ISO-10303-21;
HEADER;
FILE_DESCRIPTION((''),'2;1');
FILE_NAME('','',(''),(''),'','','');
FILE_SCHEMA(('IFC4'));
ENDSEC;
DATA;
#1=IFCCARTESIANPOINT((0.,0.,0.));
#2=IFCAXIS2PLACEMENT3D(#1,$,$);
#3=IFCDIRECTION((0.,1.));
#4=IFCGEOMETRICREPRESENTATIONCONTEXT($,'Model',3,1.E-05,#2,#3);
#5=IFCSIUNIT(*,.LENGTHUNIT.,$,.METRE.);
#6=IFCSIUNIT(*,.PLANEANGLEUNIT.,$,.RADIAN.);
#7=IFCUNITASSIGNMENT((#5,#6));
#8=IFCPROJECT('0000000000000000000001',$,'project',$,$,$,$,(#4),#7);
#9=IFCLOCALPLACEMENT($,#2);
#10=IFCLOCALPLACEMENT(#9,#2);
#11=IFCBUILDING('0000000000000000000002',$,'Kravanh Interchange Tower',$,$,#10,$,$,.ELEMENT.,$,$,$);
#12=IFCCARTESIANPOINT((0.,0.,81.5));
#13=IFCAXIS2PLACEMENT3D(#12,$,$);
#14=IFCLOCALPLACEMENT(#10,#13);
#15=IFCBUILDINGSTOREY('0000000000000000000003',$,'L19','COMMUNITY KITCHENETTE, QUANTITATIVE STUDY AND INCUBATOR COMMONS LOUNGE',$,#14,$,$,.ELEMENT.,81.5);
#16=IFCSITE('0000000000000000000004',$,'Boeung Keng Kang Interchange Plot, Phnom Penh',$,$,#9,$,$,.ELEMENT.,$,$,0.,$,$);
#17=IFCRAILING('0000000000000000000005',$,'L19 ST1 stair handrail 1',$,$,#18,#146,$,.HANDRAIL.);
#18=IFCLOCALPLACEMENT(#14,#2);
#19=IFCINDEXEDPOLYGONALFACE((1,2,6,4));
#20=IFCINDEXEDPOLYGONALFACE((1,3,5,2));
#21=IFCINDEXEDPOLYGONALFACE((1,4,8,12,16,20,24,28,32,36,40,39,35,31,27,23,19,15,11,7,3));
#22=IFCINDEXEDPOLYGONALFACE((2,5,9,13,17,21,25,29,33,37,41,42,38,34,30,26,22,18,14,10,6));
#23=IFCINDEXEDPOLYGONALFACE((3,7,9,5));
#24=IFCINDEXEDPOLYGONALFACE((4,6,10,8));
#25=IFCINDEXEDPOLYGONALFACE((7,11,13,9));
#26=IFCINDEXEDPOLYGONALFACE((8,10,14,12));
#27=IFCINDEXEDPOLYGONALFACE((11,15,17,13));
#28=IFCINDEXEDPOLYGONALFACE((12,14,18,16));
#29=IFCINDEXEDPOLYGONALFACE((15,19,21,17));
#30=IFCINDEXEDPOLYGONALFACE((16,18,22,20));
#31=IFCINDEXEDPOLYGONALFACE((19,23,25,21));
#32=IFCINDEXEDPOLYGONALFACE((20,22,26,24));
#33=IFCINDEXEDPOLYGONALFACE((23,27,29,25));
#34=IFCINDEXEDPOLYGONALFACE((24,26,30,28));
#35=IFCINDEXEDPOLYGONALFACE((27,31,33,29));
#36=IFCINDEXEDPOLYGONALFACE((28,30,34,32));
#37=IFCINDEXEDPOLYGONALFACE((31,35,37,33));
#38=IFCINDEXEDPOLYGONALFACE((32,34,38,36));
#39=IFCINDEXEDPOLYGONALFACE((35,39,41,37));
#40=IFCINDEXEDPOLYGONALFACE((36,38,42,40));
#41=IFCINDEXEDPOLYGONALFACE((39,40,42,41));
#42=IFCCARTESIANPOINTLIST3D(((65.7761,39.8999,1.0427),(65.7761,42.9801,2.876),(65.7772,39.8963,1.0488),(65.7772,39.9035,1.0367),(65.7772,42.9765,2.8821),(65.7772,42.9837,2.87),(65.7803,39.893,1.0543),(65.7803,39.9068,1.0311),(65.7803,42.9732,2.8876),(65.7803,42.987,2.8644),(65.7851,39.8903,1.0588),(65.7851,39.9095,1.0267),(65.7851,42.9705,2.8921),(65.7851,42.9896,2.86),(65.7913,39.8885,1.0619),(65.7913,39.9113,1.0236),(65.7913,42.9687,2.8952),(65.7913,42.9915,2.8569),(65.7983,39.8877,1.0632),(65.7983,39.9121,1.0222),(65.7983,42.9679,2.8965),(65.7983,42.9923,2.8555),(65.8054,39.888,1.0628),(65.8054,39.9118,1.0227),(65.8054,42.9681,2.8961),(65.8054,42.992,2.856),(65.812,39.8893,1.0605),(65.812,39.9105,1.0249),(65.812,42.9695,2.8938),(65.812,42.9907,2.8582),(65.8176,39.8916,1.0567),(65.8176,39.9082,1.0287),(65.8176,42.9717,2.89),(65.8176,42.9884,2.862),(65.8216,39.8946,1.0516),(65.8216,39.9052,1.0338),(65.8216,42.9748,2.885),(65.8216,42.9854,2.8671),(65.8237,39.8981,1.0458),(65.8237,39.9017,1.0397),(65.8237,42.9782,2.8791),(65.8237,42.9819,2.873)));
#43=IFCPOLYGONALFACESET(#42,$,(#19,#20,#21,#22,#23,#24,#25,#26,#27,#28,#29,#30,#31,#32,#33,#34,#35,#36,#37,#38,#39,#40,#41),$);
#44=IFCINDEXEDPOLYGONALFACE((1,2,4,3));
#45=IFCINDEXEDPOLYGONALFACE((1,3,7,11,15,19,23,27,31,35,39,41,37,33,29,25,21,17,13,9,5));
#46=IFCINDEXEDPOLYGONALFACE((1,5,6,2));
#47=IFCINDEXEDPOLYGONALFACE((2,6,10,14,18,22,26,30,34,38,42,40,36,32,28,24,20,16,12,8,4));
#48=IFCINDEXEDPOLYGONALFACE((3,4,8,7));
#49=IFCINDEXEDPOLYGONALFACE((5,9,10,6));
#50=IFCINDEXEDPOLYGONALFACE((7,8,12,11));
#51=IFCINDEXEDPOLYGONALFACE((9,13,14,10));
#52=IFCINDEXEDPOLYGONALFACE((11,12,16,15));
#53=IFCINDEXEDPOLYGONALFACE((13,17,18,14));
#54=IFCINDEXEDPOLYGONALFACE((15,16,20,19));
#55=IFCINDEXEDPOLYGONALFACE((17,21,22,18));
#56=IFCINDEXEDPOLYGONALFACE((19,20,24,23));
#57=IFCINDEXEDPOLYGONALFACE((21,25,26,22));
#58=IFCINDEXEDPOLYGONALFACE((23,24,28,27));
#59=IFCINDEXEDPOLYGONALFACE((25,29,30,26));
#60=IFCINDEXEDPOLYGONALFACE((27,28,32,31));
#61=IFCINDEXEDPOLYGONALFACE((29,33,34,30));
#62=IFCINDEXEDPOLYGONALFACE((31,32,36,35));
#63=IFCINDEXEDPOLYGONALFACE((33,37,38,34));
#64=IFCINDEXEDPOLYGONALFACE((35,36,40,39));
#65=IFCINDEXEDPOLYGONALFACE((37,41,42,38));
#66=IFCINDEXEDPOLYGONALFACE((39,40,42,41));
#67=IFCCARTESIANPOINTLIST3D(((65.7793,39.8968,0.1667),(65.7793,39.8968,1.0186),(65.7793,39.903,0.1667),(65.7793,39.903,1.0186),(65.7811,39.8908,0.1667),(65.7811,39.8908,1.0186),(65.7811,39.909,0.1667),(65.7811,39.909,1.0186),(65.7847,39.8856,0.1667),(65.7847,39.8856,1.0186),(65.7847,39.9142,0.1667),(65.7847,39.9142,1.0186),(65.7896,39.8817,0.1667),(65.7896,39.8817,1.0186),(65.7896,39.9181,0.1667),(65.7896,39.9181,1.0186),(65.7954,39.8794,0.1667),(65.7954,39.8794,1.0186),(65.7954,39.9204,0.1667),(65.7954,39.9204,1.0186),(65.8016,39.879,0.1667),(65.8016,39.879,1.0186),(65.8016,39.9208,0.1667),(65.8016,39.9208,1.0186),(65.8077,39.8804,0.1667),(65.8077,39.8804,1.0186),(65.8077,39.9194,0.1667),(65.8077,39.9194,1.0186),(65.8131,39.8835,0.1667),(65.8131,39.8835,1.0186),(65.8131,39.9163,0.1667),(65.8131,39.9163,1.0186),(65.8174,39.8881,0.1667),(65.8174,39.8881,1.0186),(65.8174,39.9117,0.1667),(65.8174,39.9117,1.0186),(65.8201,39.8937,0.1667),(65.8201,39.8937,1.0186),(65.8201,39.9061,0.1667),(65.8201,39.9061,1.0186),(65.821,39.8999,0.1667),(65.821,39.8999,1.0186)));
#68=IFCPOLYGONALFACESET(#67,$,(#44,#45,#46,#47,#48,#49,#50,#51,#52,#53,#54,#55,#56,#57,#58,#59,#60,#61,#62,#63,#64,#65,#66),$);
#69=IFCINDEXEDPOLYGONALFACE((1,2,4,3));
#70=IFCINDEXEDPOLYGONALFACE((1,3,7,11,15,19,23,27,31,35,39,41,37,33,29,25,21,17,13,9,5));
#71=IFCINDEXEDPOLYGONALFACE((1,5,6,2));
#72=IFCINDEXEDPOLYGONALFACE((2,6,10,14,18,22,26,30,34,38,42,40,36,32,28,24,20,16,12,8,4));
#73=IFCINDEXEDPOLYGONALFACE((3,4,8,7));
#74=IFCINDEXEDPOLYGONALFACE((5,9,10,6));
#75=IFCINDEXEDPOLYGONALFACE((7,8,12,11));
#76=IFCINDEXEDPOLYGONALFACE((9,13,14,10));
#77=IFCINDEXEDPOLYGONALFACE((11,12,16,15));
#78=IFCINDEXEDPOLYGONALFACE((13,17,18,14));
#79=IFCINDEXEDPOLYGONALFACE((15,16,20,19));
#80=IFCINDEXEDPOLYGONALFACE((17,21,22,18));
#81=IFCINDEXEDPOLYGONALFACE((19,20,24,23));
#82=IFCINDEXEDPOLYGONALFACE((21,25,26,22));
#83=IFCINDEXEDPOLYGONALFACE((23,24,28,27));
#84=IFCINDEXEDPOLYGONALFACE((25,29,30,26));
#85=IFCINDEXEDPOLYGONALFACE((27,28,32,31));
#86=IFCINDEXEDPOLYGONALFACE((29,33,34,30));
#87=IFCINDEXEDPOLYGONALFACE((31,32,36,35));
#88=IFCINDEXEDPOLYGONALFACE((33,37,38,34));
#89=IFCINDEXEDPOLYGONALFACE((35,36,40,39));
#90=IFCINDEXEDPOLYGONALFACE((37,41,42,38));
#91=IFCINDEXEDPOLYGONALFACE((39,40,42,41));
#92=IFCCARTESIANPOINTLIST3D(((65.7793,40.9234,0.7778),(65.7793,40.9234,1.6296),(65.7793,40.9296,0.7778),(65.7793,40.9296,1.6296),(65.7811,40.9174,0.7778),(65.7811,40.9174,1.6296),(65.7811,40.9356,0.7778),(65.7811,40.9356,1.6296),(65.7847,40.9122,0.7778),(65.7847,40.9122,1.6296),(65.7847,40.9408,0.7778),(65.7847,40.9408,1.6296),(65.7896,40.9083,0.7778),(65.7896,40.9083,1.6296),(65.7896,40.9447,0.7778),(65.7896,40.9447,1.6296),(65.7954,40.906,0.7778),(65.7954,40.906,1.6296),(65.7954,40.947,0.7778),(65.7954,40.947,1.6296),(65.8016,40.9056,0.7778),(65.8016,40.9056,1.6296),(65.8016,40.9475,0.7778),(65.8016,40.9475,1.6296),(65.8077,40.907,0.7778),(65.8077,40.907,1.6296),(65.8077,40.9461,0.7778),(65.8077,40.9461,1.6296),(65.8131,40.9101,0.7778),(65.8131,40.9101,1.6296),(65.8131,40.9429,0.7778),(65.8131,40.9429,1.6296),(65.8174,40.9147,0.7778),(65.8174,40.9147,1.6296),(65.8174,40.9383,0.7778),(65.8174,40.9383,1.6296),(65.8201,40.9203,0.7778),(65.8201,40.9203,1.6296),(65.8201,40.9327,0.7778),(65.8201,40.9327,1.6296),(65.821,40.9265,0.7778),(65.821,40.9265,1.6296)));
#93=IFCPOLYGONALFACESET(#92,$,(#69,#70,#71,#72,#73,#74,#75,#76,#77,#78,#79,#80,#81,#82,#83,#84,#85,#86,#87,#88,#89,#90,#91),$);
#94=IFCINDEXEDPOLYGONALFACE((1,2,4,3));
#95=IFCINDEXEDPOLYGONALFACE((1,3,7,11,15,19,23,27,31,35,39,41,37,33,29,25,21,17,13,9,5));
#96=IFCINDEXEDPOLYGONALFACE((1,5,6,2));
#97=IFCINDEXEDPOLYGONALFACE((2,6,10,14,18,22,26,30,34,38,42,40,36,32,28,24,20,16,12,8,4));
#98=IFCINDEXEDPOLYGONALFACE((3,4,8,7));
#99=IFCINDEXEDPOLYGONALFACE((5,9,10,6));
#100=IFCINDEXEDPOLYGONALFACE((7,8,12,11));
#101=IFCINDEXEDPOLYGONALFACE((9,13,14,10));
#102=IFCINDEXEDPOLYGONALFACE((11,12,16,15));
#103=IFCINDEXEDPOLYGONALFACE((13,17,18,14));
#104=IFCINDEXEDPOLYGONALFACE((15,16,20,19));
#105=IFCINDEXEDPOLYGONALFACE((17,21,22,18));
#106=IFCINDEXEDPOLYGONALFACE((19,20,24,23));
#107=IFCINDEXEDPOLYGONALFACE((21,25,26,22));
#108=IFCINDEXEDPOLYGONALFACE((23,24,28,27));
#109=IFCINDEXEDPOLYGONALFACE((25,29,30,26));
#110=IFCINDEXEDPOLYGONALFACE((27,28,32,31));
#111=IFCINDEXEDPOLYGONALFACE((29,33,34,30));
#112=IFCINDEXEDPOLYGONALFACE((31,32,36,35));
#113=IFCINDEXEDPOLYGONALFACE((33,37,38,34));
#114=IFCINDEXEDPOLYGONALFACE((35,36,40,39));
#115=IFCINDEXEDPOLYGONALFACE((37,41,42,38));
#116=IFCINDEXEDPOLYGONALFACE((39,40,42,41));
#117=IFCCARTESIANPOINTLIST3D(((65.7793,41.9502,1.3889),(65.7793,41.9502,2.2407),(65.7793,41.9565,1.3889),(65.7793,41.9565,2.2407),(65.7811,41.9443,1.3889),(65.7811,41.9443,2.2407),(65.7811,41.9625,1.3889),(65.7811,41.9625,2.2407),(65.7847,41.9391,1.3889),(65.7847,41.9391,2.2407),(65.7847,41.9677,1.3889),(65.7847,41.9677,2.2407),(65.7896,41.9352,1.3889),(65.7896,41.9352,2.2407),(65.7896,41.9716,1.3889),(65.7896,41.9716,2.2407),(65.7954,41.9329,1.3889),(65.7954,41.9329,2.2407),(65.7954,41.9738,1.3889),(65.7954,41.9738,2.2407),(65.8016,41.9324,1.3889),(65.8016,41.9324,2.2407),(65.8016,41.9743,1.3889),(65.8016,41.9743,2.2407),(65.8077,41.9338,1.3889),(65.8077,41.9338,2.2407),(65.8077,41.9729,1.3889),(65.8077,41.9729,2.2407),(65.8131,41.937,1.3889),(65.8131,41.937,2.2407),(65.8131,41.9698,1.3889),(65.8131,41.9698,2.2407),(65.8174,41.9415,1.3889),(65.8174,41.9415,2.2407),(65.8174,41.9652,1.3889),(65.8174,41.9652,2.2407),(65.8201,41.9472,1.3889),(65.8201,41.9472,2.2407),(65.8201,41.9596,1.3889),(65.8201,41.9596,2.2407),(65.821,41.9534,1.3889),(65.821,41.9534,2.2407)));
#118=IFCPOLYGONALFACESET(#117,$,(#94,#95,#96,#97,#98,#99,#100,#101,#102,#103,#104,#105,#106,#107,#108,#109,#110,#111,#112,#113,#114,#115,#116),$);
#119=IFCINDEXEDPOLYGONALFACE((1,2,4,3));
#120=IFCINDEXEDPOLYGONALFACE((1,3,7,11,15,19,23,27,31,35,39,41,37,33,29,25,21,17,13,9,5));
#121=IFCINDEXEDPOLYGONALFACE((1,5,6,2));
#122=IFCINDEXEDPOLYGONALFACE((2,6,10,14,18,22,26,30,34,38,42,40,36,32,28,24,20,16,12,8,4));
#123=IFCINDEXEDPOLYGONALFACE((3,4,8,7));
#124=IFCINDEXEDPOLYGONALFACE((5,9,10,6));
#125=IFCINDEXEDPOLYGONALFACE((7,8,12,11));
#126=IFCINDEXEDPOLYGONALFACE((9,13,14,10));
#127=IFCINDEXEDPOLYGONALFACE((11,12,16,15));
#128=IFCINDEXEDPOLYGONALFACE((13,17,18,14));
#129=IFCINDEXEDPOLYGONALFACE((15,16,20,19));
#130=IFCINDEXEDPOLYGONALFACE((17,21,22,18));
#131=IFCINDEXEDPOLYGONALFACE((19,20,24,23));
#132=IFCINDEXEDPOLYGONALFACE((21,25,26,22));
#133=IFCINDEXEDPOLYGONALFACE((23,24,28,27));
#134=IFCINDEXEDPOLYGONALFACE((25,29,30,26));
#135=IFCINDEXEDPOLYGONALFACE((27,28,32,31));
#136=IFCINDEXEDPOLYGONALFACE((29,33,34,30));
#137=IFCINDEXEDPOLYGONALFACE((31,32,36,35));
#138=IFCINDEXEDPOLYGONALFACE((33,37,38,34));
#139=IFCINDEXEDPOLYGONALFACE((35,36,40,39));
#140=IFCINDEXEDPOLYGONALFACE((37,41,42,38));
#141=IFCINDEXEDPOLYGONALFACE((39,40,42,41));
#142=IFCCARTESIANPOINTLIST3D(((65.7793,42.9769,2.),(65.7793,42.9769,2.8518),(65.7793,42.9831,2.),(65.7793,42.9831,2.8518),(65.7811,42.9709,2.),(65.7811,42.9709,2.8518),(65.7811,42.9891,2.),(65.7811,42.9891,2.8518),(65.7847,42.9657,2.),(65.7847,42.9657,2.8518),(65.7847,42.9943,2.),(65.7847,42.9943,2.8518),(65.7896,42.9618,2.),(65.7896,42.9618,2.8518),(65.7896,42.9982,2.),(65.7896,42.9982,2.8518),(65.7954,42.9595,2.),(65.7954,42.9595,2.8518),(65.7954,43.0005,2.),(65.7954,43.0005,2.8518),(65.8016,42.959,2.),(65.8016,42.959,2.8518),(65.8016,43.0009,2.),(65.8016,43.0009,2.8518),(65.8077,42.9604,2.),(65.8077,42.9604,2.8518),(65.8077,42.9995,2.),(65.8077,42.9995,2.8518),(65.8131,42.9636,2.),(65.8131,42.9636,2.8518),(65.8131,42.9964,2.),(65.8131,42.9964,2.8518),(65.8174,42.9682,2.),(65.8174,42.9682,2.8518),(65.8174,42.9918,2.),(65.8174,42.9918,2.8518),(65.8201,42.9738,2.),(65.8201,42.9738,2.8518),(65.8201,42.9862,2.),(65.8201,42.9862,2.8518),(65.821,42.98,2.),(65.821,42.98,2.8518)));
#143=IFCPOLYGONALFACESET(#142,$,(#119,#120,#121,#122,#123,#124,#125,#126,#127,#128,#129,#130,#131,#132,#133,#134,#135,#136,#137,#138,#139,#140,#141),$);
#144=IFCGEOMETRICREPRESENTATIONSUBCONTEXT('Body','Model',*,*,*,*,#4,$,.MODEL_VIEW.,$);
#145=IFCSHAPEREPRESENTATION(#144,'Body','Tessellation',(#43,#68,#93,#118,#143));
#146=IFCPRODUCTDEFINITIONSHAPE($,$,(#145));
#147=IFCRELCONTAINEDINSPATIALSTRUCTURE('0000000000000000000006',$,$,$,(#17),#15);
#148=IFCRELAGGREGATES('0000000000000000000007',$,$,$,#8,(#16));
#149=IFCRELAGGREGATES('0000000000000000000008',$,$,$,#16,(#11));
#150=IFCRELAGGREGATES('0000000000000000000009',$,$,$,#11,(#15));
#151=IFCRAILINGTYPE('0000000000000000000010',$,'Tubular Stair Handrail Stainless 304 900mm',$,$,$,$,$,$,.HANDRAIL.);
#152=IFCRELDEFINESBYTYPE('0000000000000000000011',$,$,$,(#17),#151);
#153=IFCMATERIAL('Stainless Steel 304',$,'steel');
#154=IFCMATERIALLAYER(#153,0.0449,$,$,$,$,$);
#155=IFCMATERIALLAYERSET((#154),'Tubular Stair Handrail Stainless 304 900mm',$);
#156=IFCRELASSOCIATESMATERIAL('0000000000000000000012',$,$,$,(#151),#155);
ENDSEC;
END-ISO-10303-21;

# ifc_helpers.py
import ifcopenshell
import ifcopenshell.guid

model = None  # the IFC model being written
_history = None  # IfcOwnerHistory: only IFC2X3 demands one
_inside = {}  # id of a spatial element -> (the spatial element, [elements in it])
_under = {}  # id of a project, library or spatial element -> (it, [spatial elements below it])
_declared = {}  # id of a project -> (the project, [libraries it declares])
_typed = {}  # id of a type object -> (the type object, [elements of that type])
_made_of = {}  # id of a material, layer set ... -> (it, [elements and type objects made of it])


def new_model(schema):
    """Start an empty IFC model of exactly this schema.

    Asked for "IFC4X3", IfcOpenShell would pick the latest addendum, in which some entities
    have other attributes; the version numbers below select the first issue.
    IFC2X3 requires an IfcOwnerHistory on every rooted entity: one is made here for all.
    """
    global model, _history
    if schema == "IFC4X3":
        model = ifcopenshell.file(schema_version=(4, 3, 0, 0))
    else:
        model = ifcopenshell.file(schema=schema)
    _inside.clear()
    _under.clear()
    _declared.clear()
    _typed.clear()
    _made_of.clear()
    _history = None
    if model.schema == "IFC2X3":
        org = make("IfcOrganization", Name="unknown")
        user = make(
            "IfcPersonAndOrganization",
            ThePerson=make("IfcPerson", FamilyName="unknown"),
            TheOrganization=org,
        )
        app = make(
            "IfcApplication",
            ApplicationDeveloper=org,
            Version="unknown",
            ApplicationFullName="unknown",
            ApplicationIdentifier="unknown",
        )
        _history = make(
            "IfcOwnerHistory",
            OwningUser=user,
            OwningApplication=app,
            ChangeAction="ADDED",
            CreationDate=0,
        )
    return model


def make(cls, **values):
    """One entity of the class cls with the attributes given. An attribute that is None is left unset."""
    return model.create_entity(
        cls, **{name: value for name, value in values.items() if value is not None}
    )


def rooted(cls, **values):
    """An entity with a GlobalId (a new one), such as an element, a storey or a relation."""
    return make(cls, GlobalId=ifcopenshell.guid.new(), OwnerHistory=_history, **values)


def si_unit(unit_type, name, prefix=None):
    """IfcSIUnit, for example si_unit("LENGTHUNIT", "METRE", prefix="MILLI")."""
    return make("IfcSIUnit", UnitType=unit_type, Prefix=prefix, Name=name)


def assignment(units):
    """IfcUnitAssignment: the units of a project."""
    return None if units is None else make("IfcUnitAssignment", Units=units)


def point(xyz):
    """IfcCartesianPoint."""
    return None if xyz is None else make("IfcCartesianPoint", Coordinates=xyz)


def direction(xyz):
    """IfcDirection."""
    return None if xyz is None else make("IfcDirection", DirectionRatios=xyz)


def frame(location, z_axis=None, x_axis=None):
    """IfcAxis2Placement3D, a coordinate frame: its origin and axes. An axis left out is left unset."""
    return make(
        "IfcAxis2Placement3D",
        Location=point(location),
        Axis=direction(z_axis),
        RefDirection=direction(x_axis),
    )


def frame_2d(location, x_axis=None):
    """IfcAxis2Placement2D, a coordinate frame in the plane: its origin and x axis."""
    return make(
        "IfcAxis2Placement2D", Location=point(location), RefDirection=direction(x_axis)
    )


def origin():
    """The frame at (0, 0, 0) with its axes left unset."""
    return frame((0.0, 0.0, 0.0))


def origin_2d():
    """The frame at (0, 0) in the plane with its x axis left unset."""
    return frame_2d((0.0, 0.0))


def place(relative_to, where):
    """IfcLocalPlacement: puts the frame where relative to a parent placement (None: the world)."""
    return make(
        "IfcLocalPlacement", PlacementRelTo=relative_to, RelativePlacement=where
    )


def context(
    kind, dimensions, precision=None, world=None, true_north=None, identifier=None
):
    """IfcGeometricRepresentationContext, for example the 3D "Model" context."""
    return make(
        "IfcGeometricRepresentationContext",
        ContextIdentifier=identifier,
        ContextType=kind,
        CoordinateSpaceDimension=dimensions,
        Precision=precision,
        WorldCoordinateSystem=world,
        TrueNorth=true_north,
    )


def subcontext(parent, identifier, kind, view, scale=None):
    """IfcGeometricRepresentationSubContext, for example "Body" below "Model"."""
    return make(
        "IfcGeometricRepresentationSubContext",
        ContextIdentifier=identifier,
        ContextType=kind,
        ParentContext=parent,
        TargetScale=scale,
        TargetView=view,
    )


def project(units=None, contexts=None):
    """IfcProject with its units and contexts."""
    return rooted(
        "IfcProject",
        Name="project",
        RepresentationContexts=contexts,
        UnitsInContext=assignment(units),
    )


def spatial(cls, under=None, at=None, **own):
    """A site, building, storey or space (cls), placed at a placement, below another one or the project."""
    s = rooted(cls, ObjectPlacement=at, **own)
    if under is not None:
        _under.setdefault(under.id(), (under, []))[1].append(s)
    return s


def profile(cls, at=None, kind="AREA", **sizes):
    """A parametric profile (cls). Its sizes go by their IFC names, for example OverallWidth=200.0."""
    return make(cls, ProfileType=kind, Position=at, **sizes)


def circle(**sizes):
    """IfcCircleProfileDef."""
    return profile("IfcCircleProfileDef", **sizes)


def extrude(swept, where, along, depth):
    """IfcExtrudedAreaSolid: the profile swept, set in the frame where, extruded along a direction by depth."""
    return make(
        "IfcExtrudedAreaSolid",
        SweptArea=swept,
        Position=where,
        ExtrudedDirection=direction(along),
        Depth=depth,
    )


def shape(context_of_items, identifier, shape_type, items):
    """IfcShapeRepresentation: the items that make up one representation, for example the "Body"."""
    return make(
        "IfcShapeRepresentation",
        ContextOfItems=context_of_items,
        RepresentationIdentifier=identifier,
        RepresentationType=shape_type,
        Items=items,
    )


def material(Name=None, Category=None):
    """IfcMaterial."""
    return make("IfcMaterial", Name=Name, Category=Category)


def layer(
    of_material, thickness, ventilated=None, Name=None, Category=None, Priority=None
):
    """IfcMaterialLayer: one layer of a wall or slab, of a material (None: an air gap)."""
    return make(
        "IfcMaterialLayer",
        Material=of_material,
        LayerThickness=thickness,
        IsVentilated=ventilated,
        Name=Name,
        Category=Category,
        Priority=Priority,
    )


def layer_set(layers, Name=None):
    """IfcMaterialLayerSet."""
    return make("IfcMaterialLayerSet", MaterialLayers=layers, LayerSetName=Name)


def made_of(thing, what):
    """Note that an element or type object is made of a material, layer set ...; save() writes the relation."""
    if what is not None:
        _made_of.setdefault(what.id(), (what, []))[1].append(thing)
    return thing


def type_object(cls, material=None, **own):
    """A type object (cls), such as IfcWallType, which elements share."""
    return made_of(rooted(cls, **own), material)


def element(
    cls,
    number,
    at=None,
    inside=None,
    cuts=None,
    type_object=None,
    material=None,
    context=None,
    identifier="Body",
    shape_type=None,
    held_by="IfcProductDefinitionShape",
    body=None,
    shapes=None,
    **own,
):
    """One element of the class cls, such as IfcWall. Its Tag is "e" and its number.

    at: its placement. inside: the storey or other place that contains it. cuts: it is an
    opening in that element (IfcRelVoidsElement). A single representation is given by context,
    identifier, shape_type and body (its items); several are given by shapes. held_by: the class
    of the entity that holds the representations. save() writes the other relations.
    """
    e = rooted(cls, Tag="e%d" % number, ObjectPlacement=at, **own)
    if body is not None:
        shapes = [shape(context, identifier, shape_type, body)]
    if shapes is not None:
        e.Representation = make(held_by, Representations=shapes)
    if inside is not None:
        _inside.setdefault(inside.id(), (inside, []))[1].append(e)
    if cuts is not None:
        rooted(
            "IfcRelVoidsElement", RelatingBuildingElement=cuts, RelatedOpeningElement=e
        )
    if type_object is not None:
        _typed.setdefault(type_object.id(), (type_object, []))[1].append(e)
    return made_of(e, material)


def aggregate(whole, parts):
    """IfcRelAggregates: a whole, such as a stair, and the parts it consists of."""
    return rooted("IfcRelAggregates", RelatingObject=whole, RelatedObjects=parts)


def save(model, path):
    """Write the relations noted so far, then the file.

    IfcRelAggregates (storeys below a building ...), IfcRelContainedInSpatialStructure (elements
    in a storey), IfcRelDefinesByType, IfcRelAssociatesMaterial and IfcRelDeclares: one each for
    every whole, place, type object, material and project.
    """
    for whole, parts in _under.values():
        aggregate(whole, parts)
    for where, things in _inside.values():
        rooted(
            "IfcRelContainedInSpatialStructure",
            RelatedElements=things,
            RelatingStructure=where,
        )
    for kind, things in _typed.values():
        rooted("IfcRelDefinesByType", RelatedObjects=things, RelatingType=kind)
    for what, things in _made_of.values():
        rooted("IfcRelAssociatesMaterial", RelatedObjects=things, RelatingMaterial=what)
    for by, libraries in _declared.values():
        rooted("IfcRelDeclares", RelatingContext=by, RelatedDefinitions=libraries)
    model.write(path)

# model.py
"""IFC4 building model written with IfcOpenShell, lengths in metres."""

from ifc_helpers import new_model, si_unit, direction, frame, origin, origin_2d, place, context, subcontext, project, spatial, circle, extrude, material, layer, layer_set, type_object, element, save


model = new_model("IFC4")

# Units and contexts
model_context = context("Model", 3, precision=1e-05, world=origin(), true_north=direction((0.0, 1.0)))
body_context = subcontext(model_context, "Body", "Model", "MODEL_VIEW")
ifc_project = project(units=[si_unit("LENGTHUNIT", "METRE"), si_unit("PLANEANGLEUNIT", "RADIAN")], contexts=[model_context])

# Site, building, storey
site_placement = place(None, origin())
site = spatial("IfcSite", under=ifc_project, at=site_placement, Name="Boeung Keng Kang Interchange Plot, Phnom Penh", CompositionType="ELEMENT", RefElevation=0.0)
building_placement = place(site_placement, origin())
building = spatial("IfcBuilding", under=site, at=building_placement, Name="Kravanh Interchange Tower", CompositionType="ELEMENT")
storey_placement = place(building_placement, frame((0.0, 0.0, 81.5)))
storey = spatial("IfcBuildingStorey", under=building, at=storey_placement, Name="L19", Description="COMMUNITY KITCHENETTE, QUANTITATIVE STUDY AND INCUBATOR COMMONS LOUNGE", CompositionType="ELEMENT", Elevation=81.5)

# Railing
ifc_material_1 = material(Name="Stainless Steel 304", Category="steel")
ifc_layer_1 = layer(ifc_material_1, 0.0449)
ifc_layer_set_1 = layer_set([ifc_layer_1], Name="Tubular Stair Handrail Stainless 304 900mm")
railing_type_1 = type_object("IfcRailingType", Name="Tubular Stair Handrail Stainless 304 900mm", PredefinedType="HANDRAIL", material=ifc_layer_set_1)
railing_1_placement = place(storey_placement, frame((65.8, 39.8999, 0.1667)))
element("IfcRailing", 1, at=railing_1_placement, inside=storey, type_object=railing_type_1, Name="L19 ST1 stair handrail 1", PredefinedType="HANDRAIL", context=body_context, shape_type="SweptSolid", body=[
    extrude(circle(Radius=0.0239, at=origin_2d()), frame((0.0, 0.0, 0.876), z_axis=(0.0, 0.859309, 0.511458), x_axis=(-1.0, 0.0, 0.0)), (0.0, 0.0, 1.0), 3.5845),
    extrude(circle(Radius=0.021, at=origin_2d()), origin(), (0.0, 0.0, 1.0), 0.8518),
    extrude(circle(Radius=0.021, at=origin_2d()), frame((0.0, 1.0266, 0.6111)), (0.0, 0.0, 1.0), 0.8518),
    extrude(circle(Radius=0.021, at=origin_2d()), frame((0.0, 2.0535, 1.2222)), (0.0, 0.0, 1.0), 0.8518),
    extrude(circle(Radius=0.021, at=origin_2d()), frame((0.0, 3.0801, 1.8333)), (0.0, 0.0, 1.0), 0.8518),
])

save(model, "model.ifc")
